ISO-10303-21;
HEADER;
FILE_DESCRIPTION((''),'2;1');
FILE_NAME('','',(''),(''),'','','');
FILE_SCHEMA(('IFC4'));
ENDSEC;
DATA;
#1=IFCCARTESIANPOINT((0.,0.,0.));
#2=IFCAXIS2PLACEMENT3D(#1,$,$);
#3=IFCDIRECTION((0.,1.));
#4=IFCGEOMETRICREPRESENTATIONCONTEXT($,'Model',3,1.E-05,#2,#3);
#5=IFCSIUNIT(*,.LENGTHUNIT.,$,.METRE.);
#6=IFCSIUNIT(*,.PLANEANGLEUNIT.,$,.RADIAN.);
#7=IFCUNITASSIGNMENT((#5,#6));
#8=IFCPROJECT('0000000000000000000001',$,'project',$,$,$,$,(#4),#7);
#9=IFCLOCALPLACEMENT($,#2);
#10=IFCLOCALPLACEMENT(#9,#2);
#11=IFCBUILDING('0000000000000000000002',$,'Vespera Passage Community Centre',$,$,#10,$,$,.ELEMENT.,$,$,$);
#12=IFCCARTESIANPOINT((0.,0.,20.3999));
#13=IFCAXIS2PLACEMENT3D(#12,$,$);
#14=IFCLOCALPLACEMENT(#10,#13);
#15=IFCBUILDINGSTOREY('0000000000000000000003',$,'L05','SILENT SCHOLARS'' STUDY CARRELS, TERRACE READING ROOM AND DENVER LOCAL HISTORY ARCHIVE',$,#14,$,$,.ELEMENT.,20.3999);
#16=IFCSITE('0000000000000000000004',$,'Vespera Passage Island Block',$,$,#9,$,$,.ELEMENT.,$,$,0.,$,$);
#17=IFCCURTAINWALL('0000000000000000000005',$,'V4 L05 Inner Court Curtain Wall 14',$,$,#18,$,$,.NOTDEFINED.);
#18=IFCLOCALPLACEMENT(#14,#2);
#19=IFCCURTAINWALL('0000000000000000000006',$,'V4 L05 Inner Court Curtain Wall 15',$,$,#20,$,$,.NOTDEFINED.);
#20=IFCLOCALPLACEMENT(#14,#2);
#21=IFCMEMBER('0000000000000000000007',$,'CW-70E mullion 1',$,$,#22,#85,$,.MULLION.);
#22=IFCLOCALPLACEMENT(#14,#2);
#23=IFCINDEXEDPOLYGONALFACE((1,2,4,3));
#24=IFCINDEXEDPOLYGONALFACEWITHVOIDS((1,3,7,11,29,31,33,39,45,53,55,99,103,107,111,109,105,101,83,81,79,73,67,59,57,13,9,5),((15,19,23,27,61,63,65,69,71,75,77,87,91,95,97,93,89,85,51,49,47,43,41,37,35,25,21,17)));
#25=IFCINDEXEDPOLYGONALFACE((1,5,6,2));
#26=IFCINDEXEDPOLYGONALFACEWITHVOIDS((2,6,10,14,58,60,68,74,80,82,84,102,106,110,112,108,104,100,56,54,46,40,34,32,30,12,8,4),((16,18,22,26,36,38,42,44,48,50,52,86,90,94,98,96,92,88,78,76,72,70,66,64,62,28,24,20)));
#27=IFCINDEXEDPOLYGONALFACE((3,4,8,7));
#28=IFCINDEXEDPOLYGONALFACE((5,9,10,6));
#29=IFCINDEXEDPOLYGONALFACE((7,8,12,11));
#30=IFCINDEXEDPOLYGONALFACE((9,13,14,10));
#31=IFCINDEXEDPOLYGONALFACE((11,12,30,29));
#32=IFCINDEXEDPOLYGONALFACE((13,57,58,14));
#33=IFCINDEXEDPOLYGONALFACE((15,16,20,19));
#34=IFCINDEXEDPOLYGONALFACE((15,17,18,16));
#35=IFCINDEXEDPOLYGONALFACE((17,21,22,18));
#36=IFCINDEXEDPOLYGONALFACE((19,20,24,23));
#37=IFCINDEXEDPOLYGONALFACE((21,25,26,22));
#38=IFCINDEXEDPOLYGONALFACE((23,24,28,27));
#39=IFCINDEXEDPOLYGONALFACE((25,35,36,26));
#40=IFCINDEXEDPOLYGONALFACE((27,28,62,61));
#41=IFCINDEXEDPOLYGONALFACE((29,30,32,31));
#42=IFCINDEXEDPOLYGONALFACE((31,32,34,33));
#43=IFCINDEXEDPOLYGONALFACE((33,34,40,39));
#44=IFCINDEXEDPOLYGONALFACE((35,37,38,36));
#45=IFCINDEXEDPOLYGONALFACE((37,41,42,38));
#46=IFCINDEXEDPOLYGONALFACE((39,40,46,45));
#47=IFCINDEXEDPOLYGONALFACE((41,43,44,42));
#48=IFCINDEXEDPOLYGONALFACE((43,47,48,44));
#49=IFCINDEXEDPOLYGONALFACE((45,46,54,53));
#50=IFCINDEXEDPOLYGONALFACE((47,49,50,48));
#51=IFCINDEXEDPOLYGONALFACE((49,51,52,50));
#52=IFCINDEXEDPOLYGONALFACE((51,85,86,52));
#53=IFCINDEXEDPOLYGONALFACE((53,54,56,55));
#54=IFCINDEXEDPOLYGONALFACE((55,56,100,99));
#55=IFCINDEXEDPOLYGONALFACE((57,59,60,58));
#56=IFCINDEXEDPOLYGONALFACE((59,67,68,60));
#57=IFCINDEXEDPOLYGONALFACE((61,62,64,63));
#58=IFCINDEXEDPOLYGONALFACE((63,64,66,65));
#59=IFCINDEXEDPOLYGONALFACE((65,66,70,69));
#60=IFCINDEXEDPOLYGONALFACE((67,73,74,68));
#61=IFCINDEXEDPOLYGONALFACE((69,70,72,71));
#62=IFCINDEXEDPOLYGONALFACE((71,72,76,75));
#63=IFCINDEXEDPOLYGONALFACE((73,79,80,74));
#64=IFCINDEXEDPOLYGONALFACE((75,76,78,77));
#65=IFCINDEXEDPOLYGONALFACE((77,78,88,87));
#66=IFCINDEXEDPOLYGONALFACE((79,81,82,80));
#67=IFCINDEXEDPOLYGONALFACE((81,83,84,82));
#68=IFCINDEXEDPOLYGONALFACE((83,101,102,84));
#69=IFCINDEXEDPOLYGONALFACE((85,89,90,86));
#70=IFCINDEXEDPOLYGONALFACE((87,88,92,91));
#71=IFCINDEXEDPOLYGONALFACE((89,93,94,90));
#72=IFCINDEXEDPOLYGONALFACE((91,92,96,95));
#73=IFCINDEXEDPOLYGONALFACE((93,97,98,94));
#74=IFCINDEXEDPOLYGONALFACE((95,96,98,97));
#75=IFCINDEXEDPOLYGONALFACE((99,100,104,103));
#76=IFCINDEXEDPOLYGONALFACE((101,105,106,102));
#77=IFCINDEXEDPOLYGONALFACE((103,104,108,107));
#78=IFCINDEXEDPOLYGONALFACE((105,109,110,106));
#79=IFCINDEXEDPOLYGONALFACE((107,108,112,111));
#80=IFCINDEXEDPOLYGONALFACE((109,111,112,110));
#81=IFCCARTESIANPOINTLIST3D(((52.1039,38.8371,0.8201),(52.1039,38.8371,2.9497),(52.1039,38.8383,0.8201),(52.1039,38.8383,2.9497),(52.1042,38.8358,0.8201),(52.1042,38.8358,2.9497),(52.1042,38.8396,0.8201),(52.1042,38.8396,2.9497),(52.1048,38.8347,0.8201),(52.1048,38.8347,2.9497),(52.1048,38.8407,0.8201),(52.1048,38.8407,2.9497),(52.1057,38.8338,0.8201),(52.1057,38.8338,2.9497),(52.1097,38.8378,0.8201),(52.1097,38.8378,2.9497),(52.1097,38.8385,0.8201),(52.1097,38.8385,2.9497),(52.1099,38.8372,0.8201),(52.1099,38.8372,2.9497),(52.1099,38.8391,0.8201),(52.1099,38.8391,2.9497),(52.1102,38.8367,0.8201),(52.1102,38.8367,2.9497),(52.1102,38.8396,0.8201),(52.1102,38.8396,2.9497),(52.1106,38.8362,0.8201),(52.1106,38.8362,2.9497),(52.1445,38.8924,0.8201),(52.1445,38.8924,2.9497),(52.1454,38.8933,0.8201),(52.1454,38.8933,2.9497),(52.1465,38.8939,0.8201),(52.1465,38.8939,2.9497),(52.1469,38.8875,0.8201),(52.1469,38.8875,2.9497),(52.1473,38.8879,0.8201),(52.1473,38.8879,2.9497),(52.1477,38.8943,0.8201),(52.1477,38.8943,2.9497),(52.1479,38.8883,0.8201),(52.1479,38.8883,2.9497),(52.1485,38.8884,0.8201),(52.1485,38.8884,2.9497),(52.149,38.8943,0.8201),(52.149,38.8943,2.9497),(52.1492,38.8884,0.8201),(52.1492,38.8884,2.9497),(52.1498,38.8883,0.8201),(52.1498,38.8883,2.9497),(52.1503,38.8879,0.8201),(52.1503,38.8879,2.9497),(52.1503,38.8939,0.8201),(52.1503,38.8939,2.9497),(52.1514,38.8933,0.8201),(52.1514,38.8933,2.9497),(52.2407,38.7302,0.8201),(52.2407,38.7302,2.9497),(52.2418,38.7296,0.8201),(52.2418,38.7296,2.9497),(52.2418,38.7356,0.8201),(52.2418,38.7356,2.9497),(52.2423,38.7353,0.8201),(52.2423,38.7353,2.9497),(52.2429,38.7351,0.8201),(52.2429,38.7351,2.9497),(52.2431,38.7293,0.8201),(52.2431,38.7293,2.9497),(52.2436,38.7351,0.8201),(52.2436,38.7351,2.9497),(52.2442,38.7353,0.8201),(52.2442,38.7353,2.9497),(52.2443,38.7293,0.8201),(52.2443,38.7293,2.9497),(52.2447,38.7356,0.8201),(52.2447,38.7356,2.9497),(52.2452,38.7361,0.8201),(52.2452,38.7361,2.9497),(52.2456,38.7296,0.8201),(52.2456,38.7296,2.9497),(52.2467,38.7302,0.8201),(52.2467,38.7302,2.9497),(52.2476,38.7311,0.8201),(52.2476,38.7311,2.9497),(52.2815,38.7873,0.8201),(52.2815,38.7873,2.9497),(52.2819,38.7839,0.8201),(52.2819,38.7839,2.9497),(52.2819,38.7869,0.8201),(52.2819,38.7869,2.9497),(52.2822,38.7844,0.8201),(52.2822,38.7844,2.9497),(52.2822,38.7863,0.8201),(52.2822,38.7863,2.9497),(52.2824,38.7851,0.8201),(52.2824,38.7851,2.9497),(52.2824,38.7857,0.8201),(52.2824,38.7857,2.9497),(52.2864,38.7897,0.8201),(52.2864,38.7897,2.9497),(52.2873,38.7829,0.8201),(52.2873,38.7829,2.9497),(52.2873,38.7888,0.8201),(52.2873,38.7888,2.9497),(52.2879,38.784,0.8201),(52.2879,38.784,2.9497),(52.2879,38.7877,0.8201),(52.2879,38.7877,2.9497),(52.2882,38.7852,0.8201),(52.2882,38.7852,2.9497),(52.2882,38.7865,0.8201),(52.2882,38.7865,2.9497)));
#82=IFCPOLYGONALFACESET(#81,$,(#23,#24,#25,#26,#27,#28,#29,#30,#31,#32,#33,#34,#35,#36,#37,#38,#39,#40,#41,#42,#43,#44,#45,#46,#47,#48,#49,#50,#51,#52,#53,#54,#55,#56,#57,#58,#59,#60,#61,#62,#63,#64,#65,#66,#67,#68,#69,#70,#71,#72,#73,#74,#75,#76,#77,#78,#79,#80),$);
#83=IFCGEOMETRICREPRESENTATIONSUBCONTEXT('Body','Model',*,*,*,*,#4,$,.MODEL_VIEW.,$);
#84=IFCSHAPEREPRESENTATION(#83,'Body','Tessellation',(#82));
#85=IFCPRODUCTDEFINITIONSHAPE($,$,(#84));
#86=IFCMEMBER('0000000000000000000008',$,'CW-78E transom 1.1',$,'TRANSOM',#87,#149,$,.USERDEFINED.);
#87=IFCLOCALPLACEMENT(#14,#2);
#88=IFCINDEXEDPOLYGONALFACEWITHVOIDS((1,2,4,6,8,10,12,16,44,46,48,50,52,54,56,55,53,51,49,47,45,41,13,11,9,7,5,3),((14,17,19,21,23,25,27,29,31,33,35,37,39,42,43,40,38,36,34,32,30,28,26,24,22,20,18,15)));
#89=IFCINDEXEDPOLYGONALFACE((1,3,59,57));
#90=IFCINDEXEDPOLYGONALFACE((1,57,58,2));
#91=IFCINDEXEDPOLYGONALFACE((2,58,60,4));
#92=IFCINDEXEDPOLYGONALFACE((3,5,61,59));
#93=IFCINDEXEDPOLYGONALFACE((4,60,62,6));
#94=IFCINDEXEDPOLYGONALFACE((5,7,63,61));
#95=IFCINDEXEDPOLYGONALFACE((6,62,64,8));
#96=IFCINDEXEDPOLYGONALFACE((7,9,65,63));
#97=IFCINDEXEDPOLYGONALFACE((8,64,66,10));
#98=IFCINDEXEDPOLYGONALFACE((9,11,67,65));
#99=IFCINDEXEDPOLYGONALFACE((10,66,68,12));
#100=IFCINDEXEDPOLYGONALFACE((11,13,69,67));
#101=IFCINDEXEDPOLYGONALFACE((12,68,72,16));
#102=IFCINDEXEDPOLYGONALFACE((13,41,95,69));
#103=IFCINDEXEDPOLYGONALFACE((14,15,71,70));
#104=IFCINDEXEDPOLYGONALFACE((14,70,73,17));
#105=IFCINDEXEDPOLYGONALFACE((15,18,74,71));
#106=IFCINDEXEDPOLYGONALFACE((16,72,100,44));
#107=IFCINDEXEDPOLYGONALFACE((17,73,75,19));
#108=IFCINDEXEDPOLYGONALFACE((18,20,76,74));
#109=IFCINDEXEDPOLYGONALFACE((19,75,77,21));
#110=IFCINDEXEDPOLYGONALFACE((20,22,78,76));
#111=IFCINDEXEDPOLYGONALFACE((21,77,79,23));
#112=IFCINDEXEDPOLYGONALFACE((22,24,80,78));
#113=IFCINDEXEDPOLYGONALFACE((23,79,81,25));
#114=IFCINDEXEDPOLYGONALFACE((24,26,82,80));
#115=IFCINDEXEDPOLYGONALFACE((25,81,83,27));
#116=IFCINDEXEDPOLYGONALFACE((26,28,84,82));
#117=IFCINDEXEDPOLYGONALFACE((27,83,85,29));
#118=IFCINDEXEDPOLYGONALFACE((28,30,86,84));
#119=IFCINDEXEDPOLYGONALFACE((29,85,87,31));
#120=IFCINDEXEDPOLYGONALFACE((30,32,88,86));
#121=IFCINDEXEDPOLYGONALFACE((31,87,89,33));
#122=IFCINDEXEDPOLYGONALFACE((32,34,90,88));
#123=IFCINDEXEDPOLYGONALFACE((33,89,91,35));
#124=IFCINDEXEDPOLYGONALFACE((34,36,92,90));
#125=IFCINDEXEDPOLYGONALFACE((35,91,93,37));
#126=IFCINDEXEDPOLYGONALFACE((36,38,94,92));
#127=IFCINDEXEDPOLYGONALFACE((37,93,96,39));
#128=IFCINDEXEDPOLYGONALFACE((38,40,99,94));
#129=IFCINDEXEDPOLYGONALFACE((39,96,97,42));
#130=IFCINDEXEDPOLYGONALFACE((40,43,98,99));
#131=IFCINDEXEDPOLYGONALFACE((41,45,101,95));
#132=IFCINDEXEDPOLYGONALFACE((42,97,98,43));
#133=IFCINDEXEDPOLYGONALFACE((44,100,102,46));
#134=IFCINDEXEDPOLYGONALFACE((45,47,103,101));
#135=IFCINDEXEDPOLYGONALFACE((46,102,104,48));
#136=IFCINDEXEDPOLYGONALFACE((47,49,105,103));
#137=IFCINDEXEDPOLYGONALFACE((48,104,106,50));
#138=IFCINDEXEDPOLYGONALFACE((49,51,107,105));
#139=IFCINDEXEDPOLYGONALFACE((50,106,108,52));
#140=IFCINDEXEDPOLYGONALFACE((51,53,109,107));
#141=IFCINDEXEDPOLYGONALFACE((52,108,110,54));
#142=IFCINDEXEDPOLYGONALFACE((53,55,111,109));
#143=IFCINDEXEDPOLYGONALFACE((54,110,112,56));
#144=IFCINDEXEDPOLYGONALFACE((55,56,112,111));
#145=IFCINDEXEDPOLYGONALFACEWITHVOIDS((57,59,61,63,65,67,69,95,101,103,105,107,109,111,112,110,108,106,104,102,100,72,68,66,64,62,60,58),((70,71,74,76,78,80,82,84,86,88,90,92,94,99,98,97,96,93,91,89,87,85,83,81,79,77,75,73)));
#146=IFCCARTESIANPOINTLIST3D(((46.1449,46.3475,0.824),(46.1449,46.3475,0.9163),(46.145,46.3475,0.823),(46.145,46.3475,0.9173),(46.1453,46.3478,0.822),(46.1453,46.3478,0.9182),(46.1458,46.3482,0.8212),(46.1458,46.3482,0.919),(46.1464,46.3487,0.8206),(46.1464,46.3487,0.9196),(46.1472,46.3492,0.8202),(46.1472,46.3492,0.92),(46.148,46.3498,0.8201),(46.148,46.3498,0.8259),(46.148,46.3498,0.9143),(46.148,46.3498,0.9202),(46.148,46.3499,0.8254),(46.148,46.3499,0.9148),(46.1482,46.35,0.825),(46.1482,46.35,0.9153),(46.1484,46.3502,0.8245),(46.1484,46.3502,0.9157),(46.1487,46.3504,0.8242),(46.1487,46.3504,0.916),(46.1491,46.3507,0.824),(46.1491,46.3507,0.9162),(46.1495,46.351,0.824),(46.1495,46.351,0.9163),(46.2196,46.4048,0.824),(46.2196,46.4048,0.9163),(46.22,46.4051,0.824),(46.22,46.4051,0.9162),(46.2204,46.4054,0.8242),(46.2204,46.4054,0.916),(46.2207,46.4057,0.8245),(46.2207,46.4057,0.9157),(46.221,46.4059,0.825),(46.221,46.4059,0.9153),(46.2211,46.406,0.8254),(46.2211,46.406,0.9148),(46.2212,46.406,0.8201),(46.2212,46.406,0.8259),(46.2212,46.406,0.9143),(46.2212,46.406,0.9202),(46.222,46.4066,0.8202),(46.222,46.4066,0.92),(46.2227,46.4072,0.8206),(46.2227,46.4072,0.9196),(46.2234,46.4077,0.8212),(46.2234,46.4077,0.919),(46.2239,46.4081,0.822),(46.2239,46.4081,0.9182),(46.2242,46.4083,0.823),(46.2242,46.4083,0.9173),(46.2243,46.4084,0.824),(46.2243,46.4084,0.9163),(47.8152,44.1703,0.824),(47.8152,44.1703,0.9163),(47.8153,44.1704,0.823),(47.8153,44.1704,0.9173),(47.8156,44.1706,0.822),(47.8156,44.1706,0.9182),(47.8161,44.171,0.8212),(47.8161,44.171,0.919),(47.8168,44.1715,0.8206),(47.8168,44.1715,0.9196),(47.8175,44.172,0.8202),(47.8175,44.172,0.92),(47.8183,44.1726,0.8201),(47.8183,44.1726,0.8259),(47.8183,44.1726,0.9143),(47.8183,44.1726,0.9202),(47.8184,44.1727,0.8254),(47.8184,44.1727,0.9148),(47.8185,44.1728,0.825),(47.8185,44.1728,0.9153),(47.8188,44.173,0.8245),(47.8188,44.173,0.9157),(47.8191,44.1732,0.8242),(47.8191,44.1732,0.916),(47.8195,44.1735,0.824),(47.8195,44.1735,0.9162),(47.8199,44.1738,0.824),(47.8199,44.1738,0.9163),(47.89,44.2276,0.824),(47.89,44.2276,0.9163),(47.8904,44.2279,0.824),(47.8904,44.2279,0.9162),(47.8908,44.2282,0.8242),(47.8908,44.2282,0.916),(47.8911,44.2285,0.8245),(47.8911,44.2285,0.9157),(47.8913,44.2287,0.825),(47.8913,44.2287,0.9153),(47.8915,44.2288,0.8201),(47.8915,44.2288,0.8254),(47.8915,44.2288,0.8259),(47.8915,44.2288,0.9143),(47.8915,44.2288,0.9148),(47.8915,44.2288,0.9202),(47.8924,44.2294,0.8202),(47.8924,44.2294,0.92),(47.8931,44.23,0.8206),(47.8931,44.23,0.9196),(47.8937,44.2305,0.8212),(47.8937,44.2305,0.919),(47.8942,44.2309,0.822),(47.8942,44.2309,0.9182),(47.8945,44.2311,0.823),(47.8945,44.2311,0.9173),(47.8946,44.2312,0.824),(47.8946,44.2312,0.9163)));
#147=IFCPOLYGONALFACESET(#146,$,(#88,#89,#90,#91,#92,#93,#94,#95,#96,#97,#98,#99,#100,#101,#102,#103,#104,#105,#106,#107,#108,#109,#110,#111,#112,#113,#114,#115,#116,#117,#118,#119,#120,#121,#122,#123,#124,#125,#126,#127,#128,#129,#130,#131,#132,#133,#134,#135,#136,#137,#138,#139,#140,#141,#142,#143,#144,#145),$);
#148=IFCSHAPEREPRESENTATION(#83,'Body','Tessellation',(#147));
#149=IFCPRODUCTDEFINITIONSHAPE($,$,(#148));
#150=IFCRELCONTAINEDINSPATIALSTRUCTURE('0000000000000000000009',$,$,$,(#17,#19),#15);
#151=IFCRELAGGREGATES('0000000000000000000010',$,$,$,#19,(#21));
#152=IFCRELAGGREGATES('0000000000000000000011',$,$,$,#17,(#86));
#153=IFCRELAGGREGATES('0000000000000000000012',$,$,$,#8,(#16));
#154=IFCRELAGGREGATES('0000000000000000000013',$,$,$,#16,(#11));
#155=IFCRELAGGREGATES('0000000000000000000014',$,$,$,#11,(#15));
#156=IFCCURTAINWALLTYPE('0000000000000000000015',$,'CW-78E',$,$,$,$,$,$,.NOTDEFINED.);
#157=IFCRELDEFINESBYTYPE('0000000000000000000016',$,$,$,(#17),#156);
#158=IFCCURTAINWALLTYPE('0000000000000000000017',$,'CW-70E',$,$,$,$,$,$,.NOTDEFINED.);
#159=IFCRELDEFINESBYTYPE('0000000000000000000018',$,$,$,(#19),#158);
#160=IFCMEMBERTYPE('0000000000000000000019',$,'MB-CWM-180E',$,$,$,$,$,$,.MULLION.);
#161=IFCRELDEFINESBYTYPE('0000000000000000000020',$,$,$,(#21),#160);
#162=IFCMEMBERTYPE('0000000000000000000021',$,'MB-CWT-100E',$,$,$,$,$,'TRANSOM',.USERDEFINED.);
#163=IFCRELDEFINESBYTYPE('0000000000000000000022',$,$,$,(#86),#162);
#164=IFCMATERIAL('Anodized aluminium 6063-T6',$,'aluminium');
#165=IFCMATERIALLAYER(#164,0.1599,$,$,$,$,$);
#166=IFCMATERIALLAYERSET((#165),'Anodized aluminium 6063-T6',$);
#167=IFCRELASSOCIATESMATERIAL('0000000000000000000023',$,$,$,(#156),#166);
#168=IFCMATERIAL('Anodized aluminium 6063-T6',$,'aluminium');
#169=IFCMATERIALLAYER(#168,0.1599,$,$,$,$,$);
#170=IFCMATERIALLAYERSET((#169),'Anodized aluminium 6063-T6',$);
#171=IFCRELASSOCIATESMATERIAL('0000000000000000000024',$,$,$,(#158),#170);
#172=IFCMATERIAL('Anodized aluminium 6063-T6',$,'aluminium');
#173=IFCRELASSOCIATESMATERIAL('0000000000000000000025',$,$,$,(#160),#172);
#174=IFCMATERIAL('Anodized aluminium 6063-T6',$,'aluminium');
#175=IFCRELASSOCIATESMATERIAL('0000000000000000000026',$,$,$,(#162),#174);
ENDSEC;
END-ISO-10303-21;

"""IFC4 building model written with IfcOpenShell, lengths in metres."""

from ifc_helpers import new_model, si_unit, direction, frame, origin, origin_2d, place, context, subcontext, project, spatial, hollow_rectangle, extrude, material, layer, layer_set, material_profile, profile_set, type_object, element, aggregate, save


model = new_model("IFC4")

# Units and contexts
model_context = context("Model", 3, precision=1e-05, world=origin(), true_north=direction((0.0, 1.0)))
body_context = subcontext(model_context, "Body", "Model", "MODEL_VIEW")
ifc_project = project(units=[si_unit("LENGTHUNIT", "METRE"), si_unit("PLANEANGLEUNIT", "RADIAN")], contexts=[model_context])

# Site, building, storey
site_placement = place(None, origin())
site = spatial("IfcSite", under=ifc_project, at=site_placement, Name="Vespera Passage Island Block", CompositionType="ELEMENT", RefElevation=0.0)
building_placement = place(site_placement, origin())
building = spatial("IfcBuilding", under=site, at=building_placement, Name="Vespera Passage Community Centre", CompositionType="ELEMENT")
storey_placement = place(building_placement, frame((0.0, 0.0, 20.3999)))
storey = spatial("IfcBuildingStorey", under=building, at=storey_placement, Name="L05", Description="SILENT SCHOLARS' STUDY CARRELS, TERRACE READING ROOM AND DENVER LOCAL HISTORY ARCHIVE", CompositionType="ELEMENT", Elevation=20.3999)

# Curtain wall
ifc_material_1 = material(Name="Anodized aluminium 6063-T6", Category="aluminium")
ifc_layer_1 = layer(ifc_material_1, 0.1599)
ifc_layer_set_1 = layer_set([ifc_layer_1], Name="Anodized aluminium 6063-T6")
curtain_wall_type_1 = type_object("IfcCurtainWallType", Name="CW-78E", PredefinedType="NOTDEFINED", material=ifc_layer_set_1)
curtain_wall_1_placement = place(storey_placement, origin())
curtain_wall_1 = element("IfcCurtainWall", 1, at=curtain_wall_1_placement, inside=storey, type_object=curtain_wall_type_1, Name="V4 L05 Inner Court Curtain Wall 14", PredefinedType="NOTDEFINED")

# Curtain wall, member
ifc_material_2 = material(Name="Anodized aluminium 6063-T6", Category="aluminium")
ifc_layer_2 = layer(ifc_material_2, 0.1599)
ifc_layer_set_2 = layer_set([ifc_layer_2], Name="Anodized aluminium 6063-T6")
curtain_wall_type_2 = type_object("IfcCurtainWallType", Name="CW-70E", PredefinedType="NOTDEFINED", material=ifc_layer_set_2)
curtain_wall_2_placement = place(storey_placement, origin())
curtain_wall_2 = element("IfcCurtainWall", 2, at=curtain_wall_2_placement, inside=storey, type_object=curtain_wall_type_2, Name="V4 L05 Inner Court Curtain Wall 15", PredefinedType="NOTDEFINED")
ifc_material_3 = material(Name="Anodized aluminium 6063-T6", Category="aluminium")
ifc_material_profile_1 = material_profile(ifc_material_3, hollow_rectangle(XDim=0.075, YDim=0.1799, WallThickness=0.0049, InnerFilletRadius=0.0024, OuterFilletRadius=0.0049, at=origin_2d()), Name="ALU180X75X5")
ifc_profile_set_1 = profile_set([ifc_material_profile_1], Name="Anodized aluminium 6063-T6")
member_type_1 = type_object("IfcMemberType", Name="MB-CWM-180E", PredefinedType="MULLION", material=ifc_profile_set_1)
member_1_placement = place(storey_placement, frame((52.196, 38.8118, 0.8201), z_axis=(0.0, 0.0, 1.0), x_axis=(0.608755, 0.793358, 0.0)))
member_1 = element("IfcMember", 3, at=member_1_placement, type_object=member_type_1, Name="CW-70E mullion 1", PredefinedType="MULLION", context=body_context, shape_type="SweptSolid", body=[
    extrude(hollow_rectangle(XDim=0.075, YDim=0.1799, WallThickness=0.0049, InnerFilletRadius=0.0024, OuterFilletRadius=0.0049, at=origin_2d()), origin(), (0.0, 0.0, 1.0), 2.1296),
])
aggregate(curtain_wall_2, [member_1])

# Member
ifc_material_4 = material(Name="Anodized aluminium 6063-T6", Category="aluminium")
ifc_material_profile_2 = material_profile(ifc_material_4, hollow_rectangle(XDim=0.1001, YDim=0.1001, WallThickness=0.0039, InnerFilletRadius=0.002, OuterFilletRadius=0.0039, at=origin_2d()), Name="ALU100X100X4")
ifc_profile_set_2 = profile_set([ifc_material_profile_2], Name="Anodized aluminium 6063-T6")
member_type_2 = type_object("IfcMemberType", Name="MB-CWT-100E", ElementType="TRANSOM", PredefinedType="USERDEFINED", material=ifc_profile_set_2)
member_2_placement = place(storey_placement, frame((46.1846, 46.3779, 0.8701), z_axis=(0.608704, -0.793397, 0.0), x_axis=(0.793397, 0.608704, 0.0)))
member_2 = element("IfcMember", 4, at=member_2_placement, type_object=member_type_2, Name="CW-78E transom 1.1", ObjectType="TRANSOM", PredefinedType="USERDEFINED", context=body_context, shape_type="SweptSolid", body=[
    extrude(hollow_rectangle(XDim=0.1001, YDim=0.1001, WallThickness=0.0039, InnerFilletRadius=0.002, OuterFilletRadius=0.0039, at=origin_2d()), origin(), (0.0, 0.0, 1.0), 2.7441),
])

aggregate(curtain_wall_1, [member_2])

save(model, "model.ifc")
